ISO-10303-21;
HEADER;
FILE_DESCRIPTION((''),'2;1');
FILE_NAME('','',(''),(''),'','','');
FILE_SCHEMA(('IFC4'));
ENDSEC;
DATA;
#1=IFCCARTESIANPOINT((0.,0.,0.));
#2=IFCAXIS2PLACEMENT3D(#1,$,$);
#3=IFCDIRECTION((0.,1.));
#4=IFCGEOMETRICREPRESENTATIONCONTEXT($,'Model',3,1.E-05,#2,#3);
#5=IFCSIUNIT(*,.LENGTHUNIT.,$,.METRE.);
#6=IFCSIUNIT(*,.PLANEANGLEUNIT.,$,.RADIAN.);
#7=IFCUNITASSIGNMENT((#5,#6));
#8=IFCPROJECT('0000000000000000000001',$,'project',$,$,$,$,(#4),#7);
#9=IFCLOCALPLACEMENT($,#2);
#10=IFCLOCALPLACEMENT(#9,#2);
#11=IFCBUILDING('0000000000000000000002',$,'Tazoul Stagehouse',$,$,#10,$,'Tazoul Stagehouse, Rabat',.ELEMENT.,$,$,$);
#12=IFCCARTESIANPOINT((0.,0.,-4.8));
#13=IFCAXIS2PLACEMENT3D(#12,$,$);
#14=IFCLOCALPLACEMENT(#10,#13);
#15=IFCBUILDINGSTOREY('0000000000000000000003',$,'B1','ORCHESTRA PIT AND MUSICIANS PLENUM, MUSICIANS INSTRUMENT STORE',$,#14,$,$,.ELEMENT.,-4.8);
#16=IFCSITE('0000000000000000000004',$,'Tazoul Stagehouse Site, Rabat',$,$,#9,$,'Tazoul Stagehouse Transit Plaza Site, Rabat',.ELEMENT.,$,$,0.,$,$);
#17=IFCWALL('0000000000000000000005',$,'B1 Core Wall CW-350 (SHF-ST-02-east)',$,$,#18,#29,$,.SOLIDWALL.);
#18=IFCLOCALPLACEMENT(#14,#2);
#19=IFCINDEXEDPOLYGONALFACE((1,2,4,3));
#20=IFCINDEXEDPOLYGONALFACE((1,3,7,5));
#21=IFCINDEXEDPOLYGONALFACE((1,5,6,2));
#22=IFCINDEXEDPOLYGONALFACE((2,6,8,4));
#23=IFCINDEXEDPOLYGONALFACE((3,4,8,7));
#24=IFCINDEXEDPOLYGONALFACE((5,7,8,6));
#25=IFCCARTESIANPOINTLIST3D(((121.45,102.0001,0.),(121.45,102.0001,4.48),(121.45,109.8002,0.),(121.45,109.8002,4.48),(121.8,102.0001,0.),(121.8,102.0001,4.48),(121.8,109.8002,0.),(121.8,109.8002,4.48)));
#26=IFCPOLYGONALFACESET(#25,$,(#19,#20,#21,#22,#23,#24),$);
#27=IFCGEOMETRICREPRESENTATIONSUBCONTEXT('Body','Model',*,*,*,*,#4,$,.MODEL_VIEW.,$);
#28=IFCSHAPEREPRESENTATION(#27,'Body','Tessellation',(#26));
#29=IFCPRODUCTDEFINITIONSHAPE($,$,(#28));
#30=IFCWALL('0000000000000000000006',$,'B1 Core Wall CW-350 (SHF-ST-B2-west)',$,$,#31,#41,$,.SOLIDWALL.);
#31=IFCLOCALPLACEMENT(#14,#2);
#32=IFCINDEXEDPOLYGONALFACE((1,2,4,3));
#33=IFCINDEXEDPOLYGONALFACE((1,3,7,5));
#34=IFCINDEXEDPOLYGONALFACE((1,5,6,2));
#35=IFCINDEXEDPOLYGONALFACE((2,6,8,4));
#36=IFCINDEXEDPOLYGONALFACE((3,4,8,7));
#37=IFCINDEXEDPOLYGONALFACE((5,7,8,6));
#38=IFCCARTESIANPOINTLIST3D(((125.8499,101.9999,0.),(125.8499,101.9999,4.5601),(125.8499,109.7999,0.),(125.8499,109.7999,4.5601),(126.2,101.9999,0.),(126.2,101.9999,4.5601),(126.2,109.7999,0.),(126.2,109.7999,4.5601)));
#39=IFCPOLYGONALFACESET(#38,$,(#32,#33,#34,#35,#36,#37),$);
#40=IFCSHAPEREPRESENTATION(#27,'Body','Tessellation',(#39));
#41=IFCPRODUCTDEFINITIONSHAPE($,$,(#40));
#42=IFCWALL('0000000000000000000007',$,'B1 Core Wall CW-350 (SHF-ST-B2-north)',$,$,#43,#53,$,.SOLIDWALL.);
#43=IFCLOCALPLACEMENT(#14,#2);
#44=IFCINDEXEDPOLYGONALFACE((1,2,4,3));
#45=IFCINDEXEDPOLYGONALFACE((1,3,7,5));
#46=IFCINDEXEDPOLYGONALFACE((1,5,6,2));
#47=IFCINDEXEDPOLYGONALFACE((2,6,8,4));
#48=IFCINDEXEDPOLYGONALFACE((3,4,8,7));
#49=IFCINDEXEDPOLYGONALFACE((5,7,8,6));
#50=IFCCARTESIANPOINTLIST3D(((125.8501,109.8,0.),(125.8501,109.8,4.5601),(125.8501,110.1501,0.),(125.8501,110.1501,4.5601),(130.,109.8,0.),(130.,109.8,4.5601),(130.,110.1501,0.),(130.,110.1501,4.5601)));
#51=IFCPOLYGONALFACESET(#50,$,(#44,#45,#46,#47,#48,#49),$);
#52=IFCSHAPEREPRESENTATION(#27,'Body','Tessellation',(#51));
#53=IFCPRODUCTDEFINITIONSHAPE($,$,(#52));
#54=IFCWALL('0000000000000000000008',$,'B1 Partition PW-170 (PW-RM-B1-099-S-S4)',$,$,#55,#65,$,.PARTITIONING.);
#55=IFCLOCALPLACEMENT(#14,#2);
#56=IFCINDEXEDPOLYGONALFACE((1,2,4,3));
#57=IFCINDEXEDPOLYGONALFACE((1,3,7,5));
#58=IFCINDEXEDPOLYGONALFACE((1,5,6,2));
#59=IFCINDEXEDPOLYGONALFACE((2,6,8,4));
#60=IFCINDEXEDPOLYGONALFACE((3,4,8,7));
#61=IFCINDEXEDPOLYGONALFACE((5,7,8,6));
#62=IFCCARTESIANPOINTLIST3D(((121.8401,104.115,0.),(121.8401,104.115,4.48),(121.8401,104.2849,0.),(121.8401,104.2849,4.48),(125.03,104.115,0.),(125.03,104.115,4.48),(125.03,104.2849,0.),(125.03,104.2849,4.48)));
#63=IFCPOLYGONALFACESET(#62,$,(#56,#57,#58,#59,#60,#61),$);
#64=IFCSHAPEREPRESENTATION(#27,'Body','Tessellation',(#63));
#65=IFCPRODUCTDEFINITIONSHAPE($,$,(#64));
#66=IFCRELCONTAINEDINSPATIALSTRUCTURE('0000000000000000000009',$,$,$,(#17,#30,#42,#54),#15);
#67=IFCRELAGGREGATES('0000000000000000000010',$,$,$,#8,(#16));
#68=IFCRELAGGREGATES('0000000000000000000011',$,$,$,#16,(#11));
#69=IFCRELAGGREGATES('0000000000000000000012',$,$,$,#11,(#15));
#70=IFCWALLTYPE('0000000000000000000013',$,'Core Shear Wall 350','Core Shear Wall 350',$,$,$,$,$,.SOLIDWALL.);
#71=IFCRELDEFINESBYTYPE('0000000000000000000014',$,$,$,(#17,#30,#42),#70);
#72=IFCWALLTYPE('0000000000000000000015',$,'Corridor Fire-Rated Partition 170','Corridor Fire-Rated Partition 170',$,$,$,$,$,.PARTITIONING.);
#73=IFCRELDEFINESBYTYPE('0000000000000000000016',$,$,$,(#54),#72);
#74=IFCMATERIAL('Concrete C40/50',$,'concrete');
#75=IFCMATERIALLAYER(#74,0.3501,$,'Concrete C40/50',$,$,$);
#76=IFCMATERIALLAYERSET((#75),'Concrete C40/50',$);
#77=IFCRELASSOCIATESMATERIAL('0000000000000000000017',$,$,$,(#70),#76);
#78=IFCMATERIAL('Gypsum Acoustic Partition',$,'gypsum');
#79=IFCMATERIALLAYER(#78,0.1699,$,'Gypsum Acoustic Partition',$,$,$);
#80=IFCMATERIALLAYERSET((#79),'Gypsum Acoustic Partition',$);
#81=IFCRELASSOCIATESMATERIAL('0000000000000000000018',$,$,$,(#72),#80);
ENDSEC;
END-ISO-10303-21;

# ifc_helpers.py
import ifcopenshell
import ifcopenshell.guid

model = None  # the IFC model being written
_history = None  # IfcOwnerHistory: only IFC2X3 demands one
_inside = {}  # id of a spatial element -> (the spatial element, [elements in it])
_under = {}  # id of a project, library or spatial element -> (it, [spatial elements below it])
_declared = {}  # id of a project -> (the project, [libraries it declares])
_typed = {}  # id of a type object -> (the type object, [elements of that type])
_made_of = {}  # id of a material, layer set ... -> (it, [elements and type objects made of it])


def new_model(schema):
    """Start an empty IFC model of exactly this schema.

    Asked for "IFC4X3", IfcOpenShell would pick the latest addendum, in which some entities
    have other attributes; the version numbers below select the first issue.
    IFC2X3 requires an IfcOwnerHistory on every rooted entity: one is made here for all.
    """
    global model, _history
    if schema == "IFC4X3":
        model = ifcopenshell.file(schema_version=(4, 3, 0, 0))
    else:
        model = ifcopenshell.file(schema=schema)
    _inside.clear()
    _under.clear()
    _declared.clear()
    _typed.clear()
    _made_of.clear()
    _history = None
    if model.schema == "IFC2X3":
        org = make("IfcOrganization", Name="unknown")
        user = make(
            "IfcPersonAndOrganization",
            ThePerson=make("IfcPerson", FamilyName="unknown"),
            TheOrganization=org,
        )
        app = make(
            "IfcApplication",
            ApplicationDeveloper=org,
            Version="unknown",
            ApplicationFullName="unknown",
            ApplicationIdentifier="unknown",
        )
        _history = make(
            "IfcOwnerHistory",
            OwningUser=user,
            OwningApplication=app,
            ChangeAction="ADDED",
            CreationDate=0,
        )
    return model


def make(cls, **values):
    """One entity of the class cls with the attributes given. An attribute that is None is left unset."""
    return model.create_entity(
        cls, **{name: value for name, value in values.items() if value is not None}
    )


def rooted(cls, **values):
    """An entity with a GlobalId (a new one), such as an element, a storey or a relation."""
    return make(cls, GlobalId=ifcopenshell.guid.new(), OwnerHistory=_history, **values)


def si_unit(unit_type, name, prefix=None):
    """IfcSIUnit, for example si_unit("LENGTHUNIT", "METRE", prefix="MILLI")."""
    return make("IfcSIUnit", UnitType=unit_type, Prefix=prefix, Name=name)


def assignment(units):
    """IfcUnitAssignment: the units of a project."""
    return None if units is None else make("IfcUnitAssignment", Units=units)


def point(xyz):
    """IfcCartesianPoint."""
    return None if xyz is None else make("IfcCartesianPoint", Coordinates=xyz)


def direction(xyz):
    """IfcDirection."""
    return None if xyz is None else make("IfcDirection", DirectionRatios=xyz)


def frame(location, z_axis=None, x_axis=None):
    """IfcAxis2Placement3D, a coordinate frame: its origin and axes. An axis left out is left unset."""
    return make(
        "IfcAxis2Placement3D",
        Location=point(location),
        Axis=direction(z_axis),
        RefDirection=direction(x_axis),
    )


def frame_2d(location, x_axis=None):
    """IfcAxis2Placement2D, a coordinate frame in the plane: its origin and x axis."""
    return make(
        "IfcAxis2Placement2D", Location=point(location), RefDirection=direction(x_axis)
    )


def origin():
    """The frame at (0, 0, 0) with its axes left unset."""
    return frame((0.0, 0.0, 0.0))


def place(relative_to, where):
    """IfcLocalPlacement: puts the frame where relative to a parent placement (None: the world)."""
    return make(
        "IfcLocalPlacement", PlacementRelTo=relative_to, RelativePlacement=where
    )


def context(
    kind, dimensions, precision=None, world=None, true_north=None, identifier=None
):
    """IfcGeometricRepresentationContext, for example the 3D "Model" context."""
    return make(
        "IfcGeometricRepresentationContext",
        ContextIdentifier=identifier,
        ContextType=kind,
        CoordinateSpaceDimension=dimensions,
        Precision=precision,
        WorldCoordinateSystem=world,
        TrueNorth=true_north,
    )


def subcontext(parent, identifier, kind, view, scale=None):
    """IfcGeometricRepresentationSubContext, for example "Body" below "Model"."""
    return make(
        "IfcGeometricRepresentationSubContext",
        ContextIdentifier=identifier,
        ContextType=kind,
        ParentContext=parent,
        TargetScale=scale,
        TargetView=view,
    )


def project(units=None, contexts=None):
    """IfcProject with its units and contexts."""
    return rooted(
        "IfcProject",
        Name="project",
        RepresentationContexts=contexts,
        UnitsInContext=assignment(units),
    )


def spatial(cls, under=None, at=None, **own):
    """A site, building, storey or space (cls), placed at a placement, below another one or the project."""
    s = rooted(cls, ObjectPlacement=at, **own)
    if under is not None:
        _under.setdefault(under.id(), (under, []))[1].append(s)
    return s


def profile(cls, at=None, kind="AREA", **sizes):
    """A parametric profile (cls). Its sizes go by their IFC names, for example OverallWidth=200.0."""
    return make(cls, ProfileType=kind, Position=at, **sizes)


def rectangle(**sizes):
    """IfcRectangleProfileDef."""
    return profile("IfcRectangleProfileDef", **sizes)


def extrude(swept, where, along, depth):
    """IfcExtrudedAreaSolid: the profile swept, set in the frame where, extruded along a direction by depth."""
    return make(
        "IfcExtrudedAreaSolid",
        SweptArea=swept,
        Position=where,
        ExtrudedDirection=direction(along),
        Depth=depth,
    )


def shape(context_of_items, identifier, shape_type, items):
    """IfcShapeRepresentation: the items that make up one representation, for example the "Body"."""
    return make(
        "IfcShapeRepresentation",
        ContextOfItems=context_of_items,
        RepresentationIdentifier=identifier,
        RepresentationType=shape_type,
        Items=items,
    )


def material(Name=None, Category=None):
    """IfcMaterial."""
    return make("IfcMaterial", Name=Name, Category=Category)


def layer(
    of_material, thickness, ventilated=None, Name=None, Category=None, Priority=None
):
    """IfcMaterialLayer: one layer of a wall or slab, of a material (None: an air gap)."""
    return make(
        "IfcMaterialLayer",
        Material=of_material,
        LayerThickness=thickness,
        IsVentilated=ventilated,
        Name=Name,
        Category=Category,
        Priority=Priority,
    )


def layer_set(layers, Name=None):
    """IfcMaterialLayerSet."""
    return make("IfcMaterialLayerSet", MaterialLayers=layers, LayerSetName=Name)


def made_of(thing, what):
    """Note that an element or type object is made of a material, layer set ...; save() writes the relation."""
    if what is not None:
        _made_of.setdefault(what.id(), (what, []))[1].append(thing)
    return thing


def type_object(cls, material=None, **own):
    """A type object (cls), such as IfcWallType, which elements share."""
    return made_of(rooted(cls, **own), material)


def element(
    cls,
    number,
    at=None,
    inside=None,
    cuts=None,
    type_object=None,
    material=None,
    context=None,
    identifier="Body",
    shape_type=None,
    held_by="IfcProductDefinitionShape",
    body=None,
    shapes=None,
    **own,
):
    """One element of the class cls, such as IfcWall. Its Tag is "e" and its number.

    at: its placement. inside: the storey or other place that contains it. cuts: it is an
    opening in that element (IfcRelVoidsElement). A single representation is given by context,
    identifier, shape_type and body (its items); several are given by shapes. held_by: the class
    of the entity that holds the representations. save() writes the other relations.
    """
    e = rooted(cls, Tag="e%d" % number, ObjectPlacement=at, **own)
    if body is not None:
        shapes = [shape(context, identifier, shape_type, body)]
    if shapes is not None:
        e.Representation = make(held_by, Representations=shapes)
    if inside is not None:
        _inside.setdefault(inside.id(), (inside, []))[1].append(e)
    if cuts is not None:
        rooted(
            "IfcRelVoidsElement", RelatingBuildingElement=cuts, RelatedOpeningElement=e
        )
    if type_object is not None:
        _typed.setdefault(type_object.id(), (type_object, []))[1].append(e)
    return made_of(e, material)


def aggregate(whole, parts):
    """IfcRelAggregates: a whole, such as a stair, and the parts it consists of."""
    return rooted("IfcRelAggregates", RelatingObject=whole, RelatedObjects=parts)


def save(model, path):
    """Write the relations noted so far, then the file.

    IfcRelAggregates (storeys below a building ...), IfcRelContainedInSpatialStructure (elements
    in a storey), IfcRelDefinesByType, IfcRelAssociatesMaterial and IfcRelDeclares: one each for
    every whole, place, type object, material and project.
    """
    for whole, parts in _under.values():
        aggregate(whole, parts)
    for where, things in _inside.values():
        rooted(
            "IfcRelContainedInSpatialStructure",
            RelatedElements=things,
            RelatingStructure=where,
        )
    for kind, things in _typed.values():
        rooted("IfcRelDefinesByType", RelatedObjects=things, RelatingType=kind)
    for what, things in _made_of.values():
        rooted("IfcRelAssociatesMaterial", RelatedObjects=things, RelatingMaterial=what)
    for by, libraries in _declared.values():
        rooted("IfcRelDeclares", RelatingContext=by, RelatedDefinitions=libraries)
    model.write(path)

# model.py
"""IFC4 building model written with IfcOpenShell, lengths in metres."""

from ifc_helpers import new_model, si_unit, direction, frame, frame_2d, origin, place, context, subcontext, project, spatial, rectangle, extrude, material, layer, layer_set, type_object, element, save


model = new_model("IFC4")

# Units and contexts
model_context = context("Model", 3, precision=1e-05, world=origin(), true_north=direction((0.0, 1.0)))
body_context = subcontext(model_context, "Body", "Model", "MODEL_VIEW")
ifc_project = project(units=[si_unit("LENGTHUNIT", "METRE"), si_unit("PLANEANGLEUNIT", "RADIAN")], contexts=[model_context])

# Site, building, storey
site_placement = place(None, origin())
site = spatial("IfcSite", under=ifc_project, at=site_placement, Name="Tazoul Stagehouse Site, Rabat", LongName="Tazoul Stagehouse Transit Plaza Site, Rabat", CompositionType="ELEMENT", RefElevation=0.0)
building_placement = place(site_placement, origin())
building = spatial("IfcBuilding", under=site, at=building_placement, Name="Tazoul Stagehouse", LongName="Tazoul Stagehouse, Rabat", CompositionType="ELEMENT")
storey_placement = place(building_placement, frame((0.0, 0.0, -4.8)))
storey = spatial("IfcBuildingStorey", under=building, at=storey_placement, Name="B1", Description="ORCHESTRA PIT AND MUSICIANS PLENUM, MUSICIANS INSTRUMENT STORE", CompositionType="ELEMENT", Elevation=-4.8)

# Shared definitions
ifc_material_1 = material(Name="Concrete C40/50", Category="concrete")

# Walls
ifc_layer_1 = layer(ifc_material_1, 0.3501, Name="Concrete C40/50")
ifc_layer_set_1 = layer_set([ifc_layer_1], Name="Concrete C40/50")
wall_type_1 = type_object("IfcWallType", Name="Core Shear Wall 350", Description="Core Shear Wall 350", PredefinedType="SOLIDWALL", material=ifc_layer_set_1)
wall_1_placement = place(storey_placement, frame((121.625, 109.8, 0.0), z_axis=(0.0, 0.0, 1.0), x_axis=(0.0, -1.0, 0.0)))
element("IfcWall", 1, at=wall_1_placement, inside=storey, type_object=wall_type_1, Name="B1 Core Wall CW-350 (SHF-ST-02-east)", PredefinedType="SOLIDWALL", context=body_context, shape_type="SweptSolid", body=[
    extrude(rectangle(XDim=7.8, YDim=0.3501, at=frame_2d((3.8999, 0.0))), origin(), (0.0, 0.0, 1.0), 4.48),
])
wall_2_placement = place(storey_placement, frame((126.0249, 102.0, 0.0), z_axis=(0.0, 0.0, 1.0), x_axis=(0.0, 1.0, 0.0)))
element("IfcWall", 2, at=wall_2_placement, inside=storey, type_object=wall_type_1, Name="B1 Core Wall CW-350 (SHF-ST-B2-west)", PredefinedType="SOLIDWALL", context=body_context, shape_type="SweptSolid", body=[
    extrude(rectangle(XDim=7.8, YDim=0.3501, at=frame_2d((3.8999, 0.0))), origin(), (0.0, 0.0, 1.0), 4.5601),
])
wall_3_placement = place(storey_placement, frame((125.8501, 109.9751, 0.0), z_axis=(0.0, 0.0, 1.0), x_axis=(1.0, 0.0, 0.0)))
element("IfcWall", 3, at=wall_3_placement, inside=storey, type_object=wall_type_1, Name="B1 Core Wall CW-350 (SHF-ST-B2-north)", PredefinedType="SOLIDWALL", context=body_context, shape_type="SweptSolid", body=[
    extrude(rectangle(XDim=4.1499, YDim=0.3501, at=frame_2d((2.075, 0.0))), origin(), (0.0, 0.0, 1.0), 4.5601),
])
ifc_material_2 = material(Name="Gypsum Acoustic Partition", Category="gypsum")
ifc_layer_2 = layer(ifc_material_2, 0.1699, Name="Gypsum Acoustic Partition")
ifc_layer_set_2 = layer_set([ifc_layer_2], Name="Gypsum Acoustic Partition")
wall_type_2 = type_object("IfcWallType", Name="Corridor Fire-Rated Partition 170", Description="Corridor Fire-Rated Partition 170", PredefinedType="PARTITIONING", material=ifc_layer_set_2)
wall_4_placement = place(storey_placement, frame((125.03, 104.2, 0.0), z_axis=(0.0, 0.0, 1.0), x_axis=(-1.0, 0.0, 0.0)))
element("IfcWall", 4, at=wall_4_placement, inside=storey, type_object=wall_type_2, Name="B1 Partition PW-170 (PW-RM-B1-099-S-S4)", PredefinedType="PARTITIONING", context=body_context, shape_type="SweptSolid", body=[
    extrude(rectangle(XDim=3.1899, YDim=0.1699, at=frame_2d((1.595, 0.0))), origin(), (0.0, 0.0, 1.0), 4.48),
])

save(model, "model.ifc")
